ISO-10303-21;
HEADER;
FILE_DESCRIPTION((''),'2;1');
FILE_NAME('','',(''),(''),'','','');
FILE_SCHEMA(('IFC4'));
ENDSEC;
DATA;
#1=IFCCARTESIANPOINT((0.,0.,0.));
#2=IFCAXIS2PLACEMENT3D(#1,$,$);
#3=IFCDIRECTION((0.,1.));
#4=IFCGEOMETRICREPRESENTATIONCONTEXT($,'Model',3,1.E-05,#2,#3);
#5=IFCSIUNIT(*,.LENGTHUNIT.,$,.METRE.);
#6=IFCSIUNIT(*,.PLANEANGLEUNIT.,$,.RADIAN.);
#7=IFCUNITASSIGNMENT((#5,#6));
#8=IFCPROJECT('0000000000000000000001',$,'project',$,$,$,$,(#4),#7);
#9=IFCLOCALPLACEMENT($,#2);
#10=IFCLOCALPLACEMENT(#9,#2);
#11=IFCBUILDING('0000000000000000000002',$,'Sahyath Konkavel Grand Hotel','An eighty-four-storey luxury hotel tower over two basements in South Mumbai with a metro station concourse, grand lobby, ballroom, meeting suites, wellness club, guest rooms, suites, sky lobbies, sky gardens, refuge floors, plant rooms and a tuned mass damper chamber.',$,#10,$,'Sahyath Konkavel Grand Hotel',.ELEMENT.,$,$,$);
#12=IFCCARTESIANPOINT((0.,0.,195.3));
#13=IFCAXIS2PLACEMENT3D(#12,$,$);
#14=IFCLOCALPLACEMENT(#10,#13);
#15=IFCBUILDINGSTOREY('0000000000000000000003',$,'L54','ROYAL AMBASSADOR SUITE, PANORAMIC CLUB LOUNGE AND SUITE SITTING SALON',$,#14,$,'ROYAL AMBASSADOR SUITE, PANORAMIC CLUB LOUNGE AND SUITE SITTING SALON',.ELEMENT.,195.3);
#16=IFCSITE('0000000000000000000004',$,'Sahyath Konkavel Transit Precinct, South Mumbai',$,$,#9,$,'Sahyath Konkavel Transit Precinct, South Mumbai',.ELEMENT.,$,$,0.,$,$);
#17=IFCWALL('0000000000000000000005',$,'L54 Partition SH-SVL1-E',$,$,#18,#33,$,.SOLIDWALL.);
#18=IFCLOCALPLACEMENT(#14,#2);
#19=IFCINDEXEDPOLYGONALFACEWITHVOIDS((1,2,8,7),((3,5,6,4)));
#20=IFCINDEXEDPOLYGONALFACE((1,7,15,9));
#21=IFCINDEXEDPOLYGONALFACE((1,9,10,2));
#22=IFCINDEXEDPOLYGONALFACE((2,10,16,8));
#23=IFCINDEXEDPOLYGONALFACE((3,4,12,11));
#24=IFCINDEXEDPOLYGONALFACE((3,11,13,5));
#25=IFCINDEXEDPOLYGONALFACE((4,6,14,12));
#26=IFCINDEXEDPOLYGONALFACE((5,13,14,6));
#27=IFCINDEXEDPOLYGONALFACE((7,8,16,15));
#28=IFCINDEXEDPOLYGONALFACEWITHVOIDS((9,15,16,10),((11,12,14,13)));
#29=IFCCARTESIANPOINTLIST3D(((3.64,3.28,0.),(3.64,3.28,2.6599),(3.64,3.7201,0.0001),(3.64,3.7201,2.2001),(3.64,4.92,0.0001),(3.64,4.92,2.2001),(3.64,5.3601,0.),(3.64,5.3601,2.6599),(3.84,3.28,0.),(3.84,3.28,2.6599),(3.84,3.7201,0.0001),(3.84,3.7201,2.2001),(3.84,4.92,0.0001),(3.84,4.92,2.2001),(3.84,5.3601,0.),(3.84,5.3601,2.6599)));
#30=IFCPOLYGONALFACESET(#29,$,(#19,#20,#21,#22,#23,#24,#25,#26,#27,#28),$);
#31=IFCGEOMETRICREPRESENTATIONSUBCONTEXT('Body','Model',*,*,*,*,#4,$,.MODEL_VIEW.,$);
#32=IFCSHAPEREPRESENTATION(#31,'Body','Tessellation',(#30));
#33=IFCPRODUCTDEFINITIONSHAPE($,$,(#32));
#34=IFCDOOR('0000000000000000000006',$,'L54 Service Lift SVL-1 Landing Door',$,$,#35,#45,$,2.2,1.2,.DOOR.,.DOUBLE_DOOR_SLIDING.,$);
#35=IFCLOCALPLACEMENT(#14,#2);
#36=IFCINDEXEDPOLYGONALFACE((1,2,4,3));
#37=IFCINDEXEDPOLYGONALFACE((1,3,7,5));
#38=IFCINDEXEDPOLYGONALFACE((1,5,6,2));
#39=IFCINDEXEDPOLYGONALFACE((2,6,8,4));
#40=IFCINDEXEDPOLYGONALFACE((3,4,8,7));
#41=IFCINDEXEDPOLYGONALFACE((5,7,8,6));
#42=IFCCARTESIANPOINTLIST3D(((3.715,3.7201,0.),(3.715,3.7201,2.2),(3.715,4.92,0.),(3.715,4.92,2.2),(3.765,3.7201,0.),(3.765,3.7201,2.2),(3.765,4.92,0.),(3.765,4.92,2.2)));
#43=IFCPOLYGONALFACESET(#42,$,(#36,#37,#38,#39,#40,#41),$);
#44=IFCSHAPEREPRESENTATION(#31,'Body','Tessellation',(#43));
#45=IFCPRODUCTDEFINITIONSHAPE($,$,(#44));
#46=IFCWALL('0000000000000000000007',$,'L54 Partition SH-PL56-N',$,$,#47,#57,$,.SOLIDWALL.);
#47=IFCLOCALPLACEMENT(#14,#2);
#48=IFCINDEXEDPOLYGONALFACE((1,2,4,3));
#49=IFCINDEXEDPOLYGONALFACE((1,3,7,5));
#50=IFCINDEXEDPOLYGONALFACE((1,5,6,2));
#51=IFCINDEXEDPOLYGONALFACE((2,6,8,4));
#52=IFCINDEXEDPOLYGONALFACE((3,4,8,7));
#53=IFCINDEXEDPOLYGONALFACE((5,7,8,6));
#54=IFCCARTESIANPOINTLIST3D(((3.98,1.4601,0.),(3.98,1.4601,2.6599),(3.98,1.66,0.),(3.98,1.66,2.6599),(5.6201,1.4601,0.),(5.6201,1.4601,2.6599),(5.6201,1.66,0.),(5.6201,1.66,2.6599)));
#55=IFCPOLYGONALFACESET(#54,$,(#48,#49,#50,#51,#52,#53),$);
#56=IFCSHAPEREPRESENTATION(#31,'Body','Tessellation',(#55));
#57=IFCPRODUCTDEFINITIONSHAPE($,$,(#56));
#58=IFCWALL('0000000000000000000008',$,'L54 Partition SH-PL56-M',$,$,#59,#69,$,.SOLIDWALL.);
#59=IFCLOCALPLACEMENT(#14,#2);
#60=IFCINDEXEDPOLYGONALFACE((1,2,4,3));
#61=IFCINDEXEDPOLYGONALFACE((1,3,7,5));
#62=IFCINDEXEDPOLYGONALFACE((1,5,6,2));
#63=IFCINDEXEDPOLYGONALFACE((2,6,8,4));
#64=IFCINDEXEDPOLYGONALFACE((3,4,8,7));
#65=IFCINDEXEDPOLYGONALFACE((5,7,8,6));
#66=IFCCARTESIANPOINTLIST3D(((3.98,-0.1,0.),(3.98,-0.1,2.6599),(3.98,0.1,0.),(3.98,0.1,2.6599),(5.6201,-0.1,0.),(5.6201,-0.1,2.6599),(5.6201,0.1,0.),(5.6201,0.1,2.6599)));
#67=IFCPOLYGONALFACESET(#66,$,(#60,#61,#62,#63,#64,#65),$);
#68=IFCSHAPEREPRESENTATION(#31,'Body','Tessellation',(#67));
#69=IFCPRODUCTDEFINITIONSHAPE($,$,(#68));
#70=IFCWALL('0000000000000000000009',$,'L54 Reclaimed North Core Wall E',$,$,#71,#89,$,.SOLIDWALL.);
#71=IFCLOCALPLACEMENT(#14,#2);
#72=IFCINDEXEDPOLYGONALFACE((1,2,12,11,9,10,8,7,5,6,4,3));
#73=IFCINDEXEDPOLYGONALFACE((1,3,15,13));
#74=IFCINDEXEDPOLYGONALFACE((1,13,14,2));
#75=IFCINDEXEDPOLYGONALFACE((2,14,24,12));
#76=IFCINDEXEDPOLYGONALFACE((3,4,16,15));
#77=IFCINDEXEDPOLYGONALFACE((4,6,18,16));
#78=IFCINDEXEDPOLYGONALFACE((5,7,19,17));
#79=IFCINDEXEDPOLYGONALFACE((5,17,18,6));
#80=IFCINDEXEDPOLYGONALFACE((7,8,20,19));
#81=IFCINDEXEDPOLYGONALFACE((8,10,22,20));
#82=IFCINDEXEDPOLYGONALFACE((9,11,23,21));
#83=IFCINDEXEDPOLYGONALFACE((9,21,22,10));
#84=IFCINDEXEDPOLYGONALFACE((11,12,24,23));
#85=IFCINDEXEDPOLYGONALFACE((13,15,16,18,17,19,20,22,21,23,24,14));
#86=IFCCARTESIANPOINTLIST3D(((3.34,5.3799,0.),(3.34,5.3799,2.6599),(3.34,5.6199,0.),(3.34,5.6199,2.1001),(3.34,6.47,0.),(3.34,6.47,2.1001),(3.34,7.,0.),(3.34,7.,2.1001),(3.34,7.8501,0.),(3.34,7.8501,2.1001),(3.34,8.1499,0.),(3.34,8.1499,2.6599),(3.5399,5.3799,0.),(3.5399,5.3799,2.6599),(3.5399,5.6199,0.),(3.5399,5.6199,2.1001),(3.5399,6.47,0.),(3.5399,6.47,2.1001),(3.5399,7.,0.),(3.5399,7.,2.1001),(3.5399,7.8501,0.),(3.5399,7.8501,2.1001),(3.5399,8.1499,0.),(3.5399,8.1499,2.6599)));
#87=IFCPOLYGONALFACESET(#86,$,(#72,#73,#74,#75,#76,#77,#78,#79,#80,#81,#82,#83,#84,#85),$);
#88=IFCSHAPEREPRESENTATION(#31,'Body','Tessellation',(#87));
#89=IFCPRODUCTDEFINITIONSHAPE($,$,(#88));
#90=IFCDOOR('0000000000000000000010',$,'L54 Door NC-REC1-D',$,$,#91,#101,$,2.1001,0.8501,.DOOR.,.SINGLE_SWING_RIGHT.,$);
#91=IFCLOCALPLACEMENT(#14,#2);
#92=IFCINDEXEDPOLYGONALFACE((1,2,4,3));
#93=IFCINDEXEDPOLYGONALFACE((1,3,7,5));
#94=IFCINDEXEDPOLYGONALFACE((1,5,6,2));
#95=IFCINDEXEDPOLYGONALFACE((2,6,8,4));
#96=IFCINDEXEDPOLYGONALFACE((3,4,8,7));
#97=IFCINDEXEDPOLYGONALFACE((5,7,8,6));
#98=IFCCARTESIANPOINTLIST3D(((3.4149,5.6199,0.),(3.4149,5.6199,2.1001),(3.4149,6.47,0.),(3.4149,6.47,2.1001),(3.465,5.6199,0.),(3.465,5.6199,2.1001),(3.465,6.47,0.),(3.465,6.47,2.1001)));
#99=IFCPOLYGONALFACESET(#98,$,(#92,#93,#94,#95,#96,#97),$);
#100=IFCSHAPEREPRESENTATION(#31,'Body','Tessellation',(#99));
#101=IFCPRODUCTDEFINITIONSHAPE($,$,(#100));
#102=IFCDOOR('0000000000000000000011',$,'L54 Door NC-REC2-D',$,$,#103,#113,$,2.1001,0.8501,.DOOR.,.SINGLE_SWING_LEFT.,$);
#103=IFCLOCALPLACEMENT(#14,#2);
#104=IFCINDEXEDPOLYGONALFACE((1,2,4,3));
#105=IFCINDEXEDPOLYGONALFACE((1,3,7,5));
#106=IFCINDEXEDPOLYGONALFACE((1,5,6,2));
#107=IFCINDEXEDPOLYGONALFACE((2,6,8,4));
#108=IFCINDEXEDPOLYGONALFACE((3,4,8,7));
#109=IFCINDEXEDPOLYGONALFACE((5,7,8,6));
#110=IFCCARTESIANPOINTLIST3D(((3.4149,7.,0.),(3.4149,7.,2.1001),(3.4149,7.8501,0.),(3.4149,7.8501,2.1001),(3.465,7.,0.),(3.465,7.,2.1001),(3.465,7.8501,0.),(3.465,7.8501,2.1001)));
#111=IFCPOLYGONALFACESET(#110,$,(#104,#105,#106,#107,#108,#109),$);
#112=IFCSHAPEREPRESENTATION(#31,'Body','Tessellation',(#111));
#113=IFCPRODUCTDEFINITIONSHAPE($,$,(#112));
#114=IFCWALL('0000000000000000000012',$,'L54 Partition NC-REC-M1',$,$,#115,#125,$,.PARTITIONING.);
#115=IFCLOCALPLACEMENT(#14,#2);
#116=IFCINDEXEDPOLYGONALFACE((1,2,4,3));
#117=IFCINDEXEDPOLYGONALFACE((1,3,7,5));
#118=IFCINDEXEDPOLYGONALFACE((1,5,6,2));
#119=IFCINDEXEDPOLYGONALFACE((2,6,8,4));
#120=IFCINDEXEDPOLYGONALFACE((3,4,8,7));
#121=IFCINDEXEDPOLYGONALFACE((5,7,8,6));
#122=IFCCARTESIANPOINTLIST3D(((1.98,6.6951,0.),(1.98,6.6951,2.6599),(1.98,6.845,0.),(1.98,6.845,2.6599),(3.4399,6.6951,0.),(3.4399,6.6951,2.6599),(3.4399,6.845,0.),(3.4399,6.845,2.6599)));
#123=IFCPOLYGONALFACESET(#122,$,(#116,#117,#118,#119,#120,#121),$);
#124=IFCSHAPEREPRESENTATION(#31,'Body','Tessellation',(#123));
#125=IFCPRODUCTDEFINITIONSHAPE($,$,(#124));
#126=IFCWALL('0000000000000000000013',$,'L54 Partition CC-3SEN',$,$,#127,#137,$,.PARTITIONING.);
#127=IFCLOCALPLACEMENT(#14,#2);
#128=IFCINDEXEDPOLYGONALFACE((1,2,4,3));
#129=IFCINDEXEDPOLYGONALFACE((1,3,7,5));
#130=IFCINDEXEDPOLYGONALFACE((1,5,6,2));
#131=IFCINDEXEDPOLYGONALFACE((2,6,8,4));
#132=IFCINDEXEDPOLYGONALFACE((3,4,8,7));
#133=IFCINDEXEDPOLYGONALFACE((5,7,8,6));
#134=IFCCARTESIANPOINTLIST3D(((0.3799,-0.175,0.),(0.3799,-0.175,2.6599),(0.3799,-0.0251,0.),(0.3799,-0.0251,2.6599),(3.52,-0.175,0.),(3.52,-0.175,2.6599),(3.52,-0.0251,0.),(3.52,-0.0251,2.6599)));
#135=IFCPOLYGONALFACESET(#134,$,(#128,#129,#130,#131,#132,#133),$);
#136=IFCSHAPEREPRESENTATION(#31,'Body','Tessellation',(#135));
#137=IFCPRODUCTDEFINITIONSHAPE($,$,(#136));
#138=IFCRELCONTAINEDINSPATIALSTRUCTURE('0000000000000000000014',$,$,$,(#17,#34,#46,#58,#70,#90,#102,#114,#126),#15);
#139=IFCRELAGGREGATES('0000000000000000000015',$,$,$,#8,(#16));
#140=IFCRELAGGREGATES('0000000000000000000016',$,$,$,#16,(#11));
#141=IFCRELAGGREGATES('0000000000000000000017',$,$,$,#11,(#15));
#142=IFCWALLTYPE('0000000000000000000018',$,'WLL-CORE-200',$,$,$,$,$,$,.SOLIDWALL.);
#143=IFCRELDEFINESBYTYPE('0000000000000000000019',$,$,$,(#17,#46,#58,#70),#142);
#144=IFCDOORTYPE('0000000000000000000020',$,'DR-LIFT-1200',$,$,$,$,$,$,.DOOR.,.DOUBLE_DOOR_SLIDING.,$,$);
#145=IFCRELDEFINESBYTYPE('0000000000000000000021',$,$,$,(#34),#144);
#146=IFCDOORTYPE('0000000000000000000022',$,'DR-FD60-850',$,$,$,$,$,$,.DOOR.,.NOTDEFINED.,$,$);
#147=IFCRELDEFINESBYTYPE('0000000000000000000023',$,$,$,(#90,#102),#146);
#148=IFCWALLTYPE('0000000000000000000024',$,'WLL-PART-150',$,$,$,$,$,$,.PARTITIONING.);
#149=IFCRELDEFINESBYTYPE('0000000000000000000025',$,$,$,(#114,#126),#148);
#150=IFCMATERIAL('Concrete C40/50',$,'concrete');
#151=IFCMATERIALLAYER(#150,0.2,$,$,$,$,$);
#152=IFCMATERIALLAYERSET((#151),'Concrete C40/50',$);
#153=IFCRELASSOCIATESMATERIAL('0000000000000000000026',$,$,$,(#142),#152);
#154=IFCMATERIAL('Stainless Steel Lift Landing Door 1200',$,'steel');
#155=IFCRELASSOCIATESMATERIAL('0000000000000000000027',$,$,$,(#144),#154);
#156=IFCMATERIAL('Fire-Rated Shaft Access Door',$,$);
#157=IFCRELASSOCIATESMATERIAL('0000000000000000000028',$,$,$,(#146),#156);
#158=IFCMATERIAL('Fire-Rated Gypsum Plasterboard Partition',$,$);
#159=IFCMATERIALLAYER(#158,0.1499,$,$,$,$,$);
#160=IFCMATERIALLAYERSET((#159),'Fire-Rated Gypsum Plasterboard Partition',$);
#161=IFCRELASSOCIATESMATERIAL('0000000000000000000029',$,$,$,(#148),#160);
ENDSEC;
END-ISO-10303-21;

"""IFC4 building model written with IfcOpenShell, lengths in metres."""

from ifc_helpers import new_model, si_unit, direction, frame, frame_2d, origin, origin_2d, place, context, subcontext, project, spatial, rectangle, extrude, source, transform, mapped, material, layer, layer_set, type_object, element, fill, save


model = new_model("IFC4")

# Units and contexts
model_context = context("Model", 3, precision=1e-05, world=origin(), true_north=direction((0.0, 1.0)))
body_context = subcontext(model_context, "Body", "Model", "MODEL_VIEW")
ifc_project = project(units=[si_unit("LENGTHUNIT", "METRE"), si_unit("PLANEANGLEUNIT", "RADIAN")], contexts=[model_context])

# Site, building, storey
site_placement = place(None, origin())
site = spatial("IfcSite", under=ifc_project, at=site_placement, Name="Sahyath Konkavel Transit Precinct, South Mumbai", LongName="Sahyath Konkavel Transit Precinct, South Mumbai", CompositionType="ELEMENT", RefElevation=0.0)
building_placement = place(site_placement, origin())
building = spatial("IfcBuilding", under=site, at=building_placement, Name="Sahyath Konkavel Grand Hotel", Description="An eighty-four-storey luxury hotel tower over two basements in South Mumbai with a metro station concourse, grand lobby, ballroom, meeting suites, wellness club, guest rooms, suites, sky lobbies, sky gardens, refuge floors, plant rooms and a tuned mass damper chamber.", LongName="Sahyath Konkavel Grand Hotel", CompositionType="ELEMENT")
storey_placement = place(building_placement, frame((0.0, 0.0, 195.3)))
storey = spatial("IfcBuildingStorey", under=building, at=storey_placement, Name="L54", Description="ROYAL AMBASSADOR SUITE, PANORAMIC CLUB LOUNGE AND SUITE SITTING SALON", LongName="ROYAL AMBASSADOR SUITE, PANORAMIC CLUB LOUNGE AND SUITE SITTING SALON", CompositionType="ELEMENT", Elevation=195.3)

# Shared definitions
ifc_material_1 = material(Name="Concrete C40/50", Category="concrete")

# Shared definitions
ifc_layer_1 = layer(ifc_material_1, 0.2)
ifc_layer_set_1 = layer_set([ifc_layer_1], Name="Concrete C40/50")
wall_type_1 = type_object("IfcWallType", Name="WLL-CORE-200", PredefinedType="SOLIDWALL", material=ifc_layer_set_1)
shared_shape_1 = source(origin(), body_context, "Body", "SweptSolid", [
    extrude(rectangle(XDim=0.8501, YDim=0.05, at=origin_2d()), origin(), (0.0, 0.0, 1.0), 2.1001),
])

# Wall, opening, door
wall_1_placement = place(storey_placement, frame((3.74, 3.28, 0.0), z_axis=(0.0, 0.0, 1.0), x_axis=(0.0, 1.0, 0.0)))
wall_1 = element("IfcWall", 1, at=wall_1_placement, inside=storey, type_object=wall_type_1, Name="L54 Partition SH-SVL1-E", PredefinedType="SOLIDWALL", context=body_context, shape_type="SweptSolid", body=[
    extrude(rectangle(XDim=2.0801, YDim=0.2, at=frame_2d((1.04, 0.0))), origin(), (0.0, 0.0, 1.0), 2.6599),
])
opening_1_placement = place(wall_1_placement, frame((0.4399, 0.0, 0.0)))
opening_1 = element("IfcOpeningElement", 2, at=opening_1_placement, cuts=wall_1, PredefinedType="OPENING", context=body_context, shape_type="SweptSolid", body=[
    extrude(rectangle(XDim=1.2, YDim=2.2, at=frame_2d((0.6001, 1.1001))), frame((0.0, 0.1099, 0.0), z_axis=(0.0, -1.0, 0.0), x_axis=(1.0, 0.0, 0.0)), (0.0, 0.0, 1.0), 0.22),
])
ifc_material_2 = material(Name="Stainless Steel Lift Landing Door 1200", Category="steel")
door_type_1 = type_object("IfcDoorType", Name="DR-LIFT-1200", OperationType="DOUBLE_DOOR_SLIDING", PredefinedType="DOOR", material=ifc_material_2)
shared_shape_2 = source(origin(), body_context, "Body", "SweptSolid", [
    extrude(rectangle(XDim=1.2, YDim=0.05, at=origin_2d()), origin(), (0.0, 0.0, 1.0), 2.2),
])
door_1_placement = place(opening_1_placement, frame((0.6001, 0.0, 0.0)))
door_1 = element("IfcDoor", 3, at=door_1_placement, inside=storey, type_object=door_type_1, Name="L54 Service Lift SVL-1 Landing Door", OperationType="DOUBLE_DOOR_SLIDING", OverallHeight=2.2, OverallWidth=1.2, PredefinedType="DOOR", context=body_context, shape_type="MappedRepresentation", body=[
    mapped(shared_shape_2, transform((0.0, 0.0, 0.0), scale=1.0)),
])
fill(opening_1, door_1)

# Walls
for number, where, z_axis, x_axis, name in (
    (4, (3.98, 1.5601, 0.0), (0.0, 0.0, 1.0), (1.0, 0.0, 0.0), "L54 Partition SH-PL56-N"),
    (5, (3.98, 0.0, 0.0), (0.0, 0.0, 1.0), (1.0, 0.0, 0.0), "L54 Partition SH-PL56-M"),
):
    element("IfcWall", number, at=place(storey_placement, frame(where, z_axis=z_axis, x_axis=x_axis)), inside=storey, type_object=wall_type_1, Name=name, PredefinedType="SOLIDWALL", context=body_context, shape_type="SweptSolid", body=[
        extrude(rectangle(XDim=1.6401, YDim=0.2, at=frame_2d((0.8201, 0.0))), origin(), (0.0, 0.0, 1.0), 2.6599),
    ])

# Wall, openings, doors
wall_2_placement = place(storey_placement, frame((3.4399, 5.3799, 0.0), z_axis=(0.0, 0.0, 1.0), x_axis=(0.0, 1.0, 0.0)))
wall_2 = element("IfcWall", 6, at=wall_2_placement, inside=storey, type_object=wall_type_1, Name="L54 Reclaimed North Core Wall E", PredefinedType="SOLIDWALL", context=body_context, shape_type="SweptSolid", body=[
    extrude(rectangle(XDim=2.77, YDim=0.2, at=frame_2d((1.385, 0.0))), origin(), (0.0, 0.0, 1.0), 2.6599),
])
opening_2_placement = place(wall_2_placement, frame((0.24, 0.0, 0.0)))
opening_2 = element("IfcOpeningElement", 7, at=opening_2_placement, cuts=wall_2, PredefinedType="OPENING", context=body_context, shape_type="SweptSolid", body=[
    extrude(rectangle(XDim=0.8501, YDim=2.1001, at=frame_2d((0.425, 1.05))), frame((0.0, 0.1099, 0.0), z_axis=(0.0, -1.0, 0.0), x_axis=(1.0, 0.0, 0.0)), (0.0, 0.0, 1.0), 0.22),
])
opening_3_placement = place(wall_2_placement, frame((1.6201, 0.0, 0.0)))
opening_3 = element("IfcOpeningElement", 8, at=opening_3_placement, cuts=wall_2, PredefinedType="OPENING", context=body_context, shape_type="SweptSolid", body=[
    extrude(rectangle(XDim=0.8501, YDim=2.1001, at=frame_2d((0.425, 1.05))), frame((0.0, 0.1099, 0.0), z_axis=(0.0, -1.0, 0.0), x_axis=(1.0, 0.0, 0.0)), (0.0, 0.0, 1.0), 0.22),
])
ifc_material_3 = material(Name="Fire-Rated Shaft Access Door")
door_type_2 = type_object("IfcDoorType", Name="DR-FD60-850", OperationType="NOTDEFINED", PredefinedType="DOOR", material=ifc_material_3)
door_2_placement = place(opening_2_placement, frame((0.425, 0.0, 0.0)))
door_2 = element("IfcDoor", 9, at=door_2_placement, inside=storey, type_object=door_type_2, Name="L54 Door NC-REC1-D", OperationType="SINGLE_SWING_RIGHT", OverallHeight=2.1001, OverallWidth=0.8501, PredefinedType="DOOR", context=body_context, shape_type="MappedRepresentation", body=[
    mapped(shared_shape_1, transform((0.0, 0.0, 0.0), scale=1.0)),
])
fill(opening_2, door_2)
door_3_placement = place(opening_3_placement, frame((0.425, 0.0, 0.0)))
door_3 = element("IfcDoor", 10, at=door_3_placement, inside=storey, type_object=door_type_2, Name="L54 Door NC-REC2-D", OperationType="SINGLE_SWING_LEFT", OverallHeight=2.1001, OverallWidth=0.8501, PredefinedType="DOOR", context=body_context, shape_type="MappedRepresentation", body=[
    mapped(shared_shape_1, transform((0.0, 0.0, 0.0), scale=1.0)),
])
fill(opening_3, door_3)

# Walls
ifc_material_4 = material(Name="Fire-Rated Gypsum Plasterboard Partition")
ifc_layer_2 = layer(ifc_material_4, 0.1499)
ifc_layer_set_2 = layer_set([ifc_layer_2], Name="Fire-Rated Gypsum Plasterboard Partition")
wall_type_2 = type_object("IfcWallType", Name="WLL-PART-150", PredefinedType="PARTITIONING", material=ifc_layer_set_2)
wall_3_placement = place(storey_placement, frame((1.98, 6.77, 0.0), z_axis=(0.0, 0.0, 1.0), x_axis=(1.0, 0.0, 0.0)))
element("IfcWall", 11, at=wall_3_placement, inside=storey, type_object=wall_type_2, Name="L54 Partition NC-REC-M1", PredefinedType="PARTITIONING", context=body_context, shape_type="SweptSolid", body=[
    extrude(rectangle(XDim=1.46, YDim=0.1499, at=frame_2d((0.73, 0.0))), origin(), (0.0, 0.0, 1.0), 2.6599),
])
wall_4_placement = place(storey_placement, frame((0.3799, -0.1001, 0.0), z_axis=(0.0, 0.0, 1.0), x_axis=(1.0, 0.0, 0.0)))
element("IfcWall", 12, at=wall_4_placement, inside=storey, type_object=wall_type_2, Name="L54 Partition CC-3SEN", PredefinedType="PARTITIONING", context=body_context, shape_type="SweptSolid", body=[
    extrude(rectangle(XDim=3.1401, YDim=0.1499, at=frame_2d((1.5701, 0.0))), origin(), (0.0, 0.0, 1.0), 2.6599),
])

save(model, "model.ifc")
